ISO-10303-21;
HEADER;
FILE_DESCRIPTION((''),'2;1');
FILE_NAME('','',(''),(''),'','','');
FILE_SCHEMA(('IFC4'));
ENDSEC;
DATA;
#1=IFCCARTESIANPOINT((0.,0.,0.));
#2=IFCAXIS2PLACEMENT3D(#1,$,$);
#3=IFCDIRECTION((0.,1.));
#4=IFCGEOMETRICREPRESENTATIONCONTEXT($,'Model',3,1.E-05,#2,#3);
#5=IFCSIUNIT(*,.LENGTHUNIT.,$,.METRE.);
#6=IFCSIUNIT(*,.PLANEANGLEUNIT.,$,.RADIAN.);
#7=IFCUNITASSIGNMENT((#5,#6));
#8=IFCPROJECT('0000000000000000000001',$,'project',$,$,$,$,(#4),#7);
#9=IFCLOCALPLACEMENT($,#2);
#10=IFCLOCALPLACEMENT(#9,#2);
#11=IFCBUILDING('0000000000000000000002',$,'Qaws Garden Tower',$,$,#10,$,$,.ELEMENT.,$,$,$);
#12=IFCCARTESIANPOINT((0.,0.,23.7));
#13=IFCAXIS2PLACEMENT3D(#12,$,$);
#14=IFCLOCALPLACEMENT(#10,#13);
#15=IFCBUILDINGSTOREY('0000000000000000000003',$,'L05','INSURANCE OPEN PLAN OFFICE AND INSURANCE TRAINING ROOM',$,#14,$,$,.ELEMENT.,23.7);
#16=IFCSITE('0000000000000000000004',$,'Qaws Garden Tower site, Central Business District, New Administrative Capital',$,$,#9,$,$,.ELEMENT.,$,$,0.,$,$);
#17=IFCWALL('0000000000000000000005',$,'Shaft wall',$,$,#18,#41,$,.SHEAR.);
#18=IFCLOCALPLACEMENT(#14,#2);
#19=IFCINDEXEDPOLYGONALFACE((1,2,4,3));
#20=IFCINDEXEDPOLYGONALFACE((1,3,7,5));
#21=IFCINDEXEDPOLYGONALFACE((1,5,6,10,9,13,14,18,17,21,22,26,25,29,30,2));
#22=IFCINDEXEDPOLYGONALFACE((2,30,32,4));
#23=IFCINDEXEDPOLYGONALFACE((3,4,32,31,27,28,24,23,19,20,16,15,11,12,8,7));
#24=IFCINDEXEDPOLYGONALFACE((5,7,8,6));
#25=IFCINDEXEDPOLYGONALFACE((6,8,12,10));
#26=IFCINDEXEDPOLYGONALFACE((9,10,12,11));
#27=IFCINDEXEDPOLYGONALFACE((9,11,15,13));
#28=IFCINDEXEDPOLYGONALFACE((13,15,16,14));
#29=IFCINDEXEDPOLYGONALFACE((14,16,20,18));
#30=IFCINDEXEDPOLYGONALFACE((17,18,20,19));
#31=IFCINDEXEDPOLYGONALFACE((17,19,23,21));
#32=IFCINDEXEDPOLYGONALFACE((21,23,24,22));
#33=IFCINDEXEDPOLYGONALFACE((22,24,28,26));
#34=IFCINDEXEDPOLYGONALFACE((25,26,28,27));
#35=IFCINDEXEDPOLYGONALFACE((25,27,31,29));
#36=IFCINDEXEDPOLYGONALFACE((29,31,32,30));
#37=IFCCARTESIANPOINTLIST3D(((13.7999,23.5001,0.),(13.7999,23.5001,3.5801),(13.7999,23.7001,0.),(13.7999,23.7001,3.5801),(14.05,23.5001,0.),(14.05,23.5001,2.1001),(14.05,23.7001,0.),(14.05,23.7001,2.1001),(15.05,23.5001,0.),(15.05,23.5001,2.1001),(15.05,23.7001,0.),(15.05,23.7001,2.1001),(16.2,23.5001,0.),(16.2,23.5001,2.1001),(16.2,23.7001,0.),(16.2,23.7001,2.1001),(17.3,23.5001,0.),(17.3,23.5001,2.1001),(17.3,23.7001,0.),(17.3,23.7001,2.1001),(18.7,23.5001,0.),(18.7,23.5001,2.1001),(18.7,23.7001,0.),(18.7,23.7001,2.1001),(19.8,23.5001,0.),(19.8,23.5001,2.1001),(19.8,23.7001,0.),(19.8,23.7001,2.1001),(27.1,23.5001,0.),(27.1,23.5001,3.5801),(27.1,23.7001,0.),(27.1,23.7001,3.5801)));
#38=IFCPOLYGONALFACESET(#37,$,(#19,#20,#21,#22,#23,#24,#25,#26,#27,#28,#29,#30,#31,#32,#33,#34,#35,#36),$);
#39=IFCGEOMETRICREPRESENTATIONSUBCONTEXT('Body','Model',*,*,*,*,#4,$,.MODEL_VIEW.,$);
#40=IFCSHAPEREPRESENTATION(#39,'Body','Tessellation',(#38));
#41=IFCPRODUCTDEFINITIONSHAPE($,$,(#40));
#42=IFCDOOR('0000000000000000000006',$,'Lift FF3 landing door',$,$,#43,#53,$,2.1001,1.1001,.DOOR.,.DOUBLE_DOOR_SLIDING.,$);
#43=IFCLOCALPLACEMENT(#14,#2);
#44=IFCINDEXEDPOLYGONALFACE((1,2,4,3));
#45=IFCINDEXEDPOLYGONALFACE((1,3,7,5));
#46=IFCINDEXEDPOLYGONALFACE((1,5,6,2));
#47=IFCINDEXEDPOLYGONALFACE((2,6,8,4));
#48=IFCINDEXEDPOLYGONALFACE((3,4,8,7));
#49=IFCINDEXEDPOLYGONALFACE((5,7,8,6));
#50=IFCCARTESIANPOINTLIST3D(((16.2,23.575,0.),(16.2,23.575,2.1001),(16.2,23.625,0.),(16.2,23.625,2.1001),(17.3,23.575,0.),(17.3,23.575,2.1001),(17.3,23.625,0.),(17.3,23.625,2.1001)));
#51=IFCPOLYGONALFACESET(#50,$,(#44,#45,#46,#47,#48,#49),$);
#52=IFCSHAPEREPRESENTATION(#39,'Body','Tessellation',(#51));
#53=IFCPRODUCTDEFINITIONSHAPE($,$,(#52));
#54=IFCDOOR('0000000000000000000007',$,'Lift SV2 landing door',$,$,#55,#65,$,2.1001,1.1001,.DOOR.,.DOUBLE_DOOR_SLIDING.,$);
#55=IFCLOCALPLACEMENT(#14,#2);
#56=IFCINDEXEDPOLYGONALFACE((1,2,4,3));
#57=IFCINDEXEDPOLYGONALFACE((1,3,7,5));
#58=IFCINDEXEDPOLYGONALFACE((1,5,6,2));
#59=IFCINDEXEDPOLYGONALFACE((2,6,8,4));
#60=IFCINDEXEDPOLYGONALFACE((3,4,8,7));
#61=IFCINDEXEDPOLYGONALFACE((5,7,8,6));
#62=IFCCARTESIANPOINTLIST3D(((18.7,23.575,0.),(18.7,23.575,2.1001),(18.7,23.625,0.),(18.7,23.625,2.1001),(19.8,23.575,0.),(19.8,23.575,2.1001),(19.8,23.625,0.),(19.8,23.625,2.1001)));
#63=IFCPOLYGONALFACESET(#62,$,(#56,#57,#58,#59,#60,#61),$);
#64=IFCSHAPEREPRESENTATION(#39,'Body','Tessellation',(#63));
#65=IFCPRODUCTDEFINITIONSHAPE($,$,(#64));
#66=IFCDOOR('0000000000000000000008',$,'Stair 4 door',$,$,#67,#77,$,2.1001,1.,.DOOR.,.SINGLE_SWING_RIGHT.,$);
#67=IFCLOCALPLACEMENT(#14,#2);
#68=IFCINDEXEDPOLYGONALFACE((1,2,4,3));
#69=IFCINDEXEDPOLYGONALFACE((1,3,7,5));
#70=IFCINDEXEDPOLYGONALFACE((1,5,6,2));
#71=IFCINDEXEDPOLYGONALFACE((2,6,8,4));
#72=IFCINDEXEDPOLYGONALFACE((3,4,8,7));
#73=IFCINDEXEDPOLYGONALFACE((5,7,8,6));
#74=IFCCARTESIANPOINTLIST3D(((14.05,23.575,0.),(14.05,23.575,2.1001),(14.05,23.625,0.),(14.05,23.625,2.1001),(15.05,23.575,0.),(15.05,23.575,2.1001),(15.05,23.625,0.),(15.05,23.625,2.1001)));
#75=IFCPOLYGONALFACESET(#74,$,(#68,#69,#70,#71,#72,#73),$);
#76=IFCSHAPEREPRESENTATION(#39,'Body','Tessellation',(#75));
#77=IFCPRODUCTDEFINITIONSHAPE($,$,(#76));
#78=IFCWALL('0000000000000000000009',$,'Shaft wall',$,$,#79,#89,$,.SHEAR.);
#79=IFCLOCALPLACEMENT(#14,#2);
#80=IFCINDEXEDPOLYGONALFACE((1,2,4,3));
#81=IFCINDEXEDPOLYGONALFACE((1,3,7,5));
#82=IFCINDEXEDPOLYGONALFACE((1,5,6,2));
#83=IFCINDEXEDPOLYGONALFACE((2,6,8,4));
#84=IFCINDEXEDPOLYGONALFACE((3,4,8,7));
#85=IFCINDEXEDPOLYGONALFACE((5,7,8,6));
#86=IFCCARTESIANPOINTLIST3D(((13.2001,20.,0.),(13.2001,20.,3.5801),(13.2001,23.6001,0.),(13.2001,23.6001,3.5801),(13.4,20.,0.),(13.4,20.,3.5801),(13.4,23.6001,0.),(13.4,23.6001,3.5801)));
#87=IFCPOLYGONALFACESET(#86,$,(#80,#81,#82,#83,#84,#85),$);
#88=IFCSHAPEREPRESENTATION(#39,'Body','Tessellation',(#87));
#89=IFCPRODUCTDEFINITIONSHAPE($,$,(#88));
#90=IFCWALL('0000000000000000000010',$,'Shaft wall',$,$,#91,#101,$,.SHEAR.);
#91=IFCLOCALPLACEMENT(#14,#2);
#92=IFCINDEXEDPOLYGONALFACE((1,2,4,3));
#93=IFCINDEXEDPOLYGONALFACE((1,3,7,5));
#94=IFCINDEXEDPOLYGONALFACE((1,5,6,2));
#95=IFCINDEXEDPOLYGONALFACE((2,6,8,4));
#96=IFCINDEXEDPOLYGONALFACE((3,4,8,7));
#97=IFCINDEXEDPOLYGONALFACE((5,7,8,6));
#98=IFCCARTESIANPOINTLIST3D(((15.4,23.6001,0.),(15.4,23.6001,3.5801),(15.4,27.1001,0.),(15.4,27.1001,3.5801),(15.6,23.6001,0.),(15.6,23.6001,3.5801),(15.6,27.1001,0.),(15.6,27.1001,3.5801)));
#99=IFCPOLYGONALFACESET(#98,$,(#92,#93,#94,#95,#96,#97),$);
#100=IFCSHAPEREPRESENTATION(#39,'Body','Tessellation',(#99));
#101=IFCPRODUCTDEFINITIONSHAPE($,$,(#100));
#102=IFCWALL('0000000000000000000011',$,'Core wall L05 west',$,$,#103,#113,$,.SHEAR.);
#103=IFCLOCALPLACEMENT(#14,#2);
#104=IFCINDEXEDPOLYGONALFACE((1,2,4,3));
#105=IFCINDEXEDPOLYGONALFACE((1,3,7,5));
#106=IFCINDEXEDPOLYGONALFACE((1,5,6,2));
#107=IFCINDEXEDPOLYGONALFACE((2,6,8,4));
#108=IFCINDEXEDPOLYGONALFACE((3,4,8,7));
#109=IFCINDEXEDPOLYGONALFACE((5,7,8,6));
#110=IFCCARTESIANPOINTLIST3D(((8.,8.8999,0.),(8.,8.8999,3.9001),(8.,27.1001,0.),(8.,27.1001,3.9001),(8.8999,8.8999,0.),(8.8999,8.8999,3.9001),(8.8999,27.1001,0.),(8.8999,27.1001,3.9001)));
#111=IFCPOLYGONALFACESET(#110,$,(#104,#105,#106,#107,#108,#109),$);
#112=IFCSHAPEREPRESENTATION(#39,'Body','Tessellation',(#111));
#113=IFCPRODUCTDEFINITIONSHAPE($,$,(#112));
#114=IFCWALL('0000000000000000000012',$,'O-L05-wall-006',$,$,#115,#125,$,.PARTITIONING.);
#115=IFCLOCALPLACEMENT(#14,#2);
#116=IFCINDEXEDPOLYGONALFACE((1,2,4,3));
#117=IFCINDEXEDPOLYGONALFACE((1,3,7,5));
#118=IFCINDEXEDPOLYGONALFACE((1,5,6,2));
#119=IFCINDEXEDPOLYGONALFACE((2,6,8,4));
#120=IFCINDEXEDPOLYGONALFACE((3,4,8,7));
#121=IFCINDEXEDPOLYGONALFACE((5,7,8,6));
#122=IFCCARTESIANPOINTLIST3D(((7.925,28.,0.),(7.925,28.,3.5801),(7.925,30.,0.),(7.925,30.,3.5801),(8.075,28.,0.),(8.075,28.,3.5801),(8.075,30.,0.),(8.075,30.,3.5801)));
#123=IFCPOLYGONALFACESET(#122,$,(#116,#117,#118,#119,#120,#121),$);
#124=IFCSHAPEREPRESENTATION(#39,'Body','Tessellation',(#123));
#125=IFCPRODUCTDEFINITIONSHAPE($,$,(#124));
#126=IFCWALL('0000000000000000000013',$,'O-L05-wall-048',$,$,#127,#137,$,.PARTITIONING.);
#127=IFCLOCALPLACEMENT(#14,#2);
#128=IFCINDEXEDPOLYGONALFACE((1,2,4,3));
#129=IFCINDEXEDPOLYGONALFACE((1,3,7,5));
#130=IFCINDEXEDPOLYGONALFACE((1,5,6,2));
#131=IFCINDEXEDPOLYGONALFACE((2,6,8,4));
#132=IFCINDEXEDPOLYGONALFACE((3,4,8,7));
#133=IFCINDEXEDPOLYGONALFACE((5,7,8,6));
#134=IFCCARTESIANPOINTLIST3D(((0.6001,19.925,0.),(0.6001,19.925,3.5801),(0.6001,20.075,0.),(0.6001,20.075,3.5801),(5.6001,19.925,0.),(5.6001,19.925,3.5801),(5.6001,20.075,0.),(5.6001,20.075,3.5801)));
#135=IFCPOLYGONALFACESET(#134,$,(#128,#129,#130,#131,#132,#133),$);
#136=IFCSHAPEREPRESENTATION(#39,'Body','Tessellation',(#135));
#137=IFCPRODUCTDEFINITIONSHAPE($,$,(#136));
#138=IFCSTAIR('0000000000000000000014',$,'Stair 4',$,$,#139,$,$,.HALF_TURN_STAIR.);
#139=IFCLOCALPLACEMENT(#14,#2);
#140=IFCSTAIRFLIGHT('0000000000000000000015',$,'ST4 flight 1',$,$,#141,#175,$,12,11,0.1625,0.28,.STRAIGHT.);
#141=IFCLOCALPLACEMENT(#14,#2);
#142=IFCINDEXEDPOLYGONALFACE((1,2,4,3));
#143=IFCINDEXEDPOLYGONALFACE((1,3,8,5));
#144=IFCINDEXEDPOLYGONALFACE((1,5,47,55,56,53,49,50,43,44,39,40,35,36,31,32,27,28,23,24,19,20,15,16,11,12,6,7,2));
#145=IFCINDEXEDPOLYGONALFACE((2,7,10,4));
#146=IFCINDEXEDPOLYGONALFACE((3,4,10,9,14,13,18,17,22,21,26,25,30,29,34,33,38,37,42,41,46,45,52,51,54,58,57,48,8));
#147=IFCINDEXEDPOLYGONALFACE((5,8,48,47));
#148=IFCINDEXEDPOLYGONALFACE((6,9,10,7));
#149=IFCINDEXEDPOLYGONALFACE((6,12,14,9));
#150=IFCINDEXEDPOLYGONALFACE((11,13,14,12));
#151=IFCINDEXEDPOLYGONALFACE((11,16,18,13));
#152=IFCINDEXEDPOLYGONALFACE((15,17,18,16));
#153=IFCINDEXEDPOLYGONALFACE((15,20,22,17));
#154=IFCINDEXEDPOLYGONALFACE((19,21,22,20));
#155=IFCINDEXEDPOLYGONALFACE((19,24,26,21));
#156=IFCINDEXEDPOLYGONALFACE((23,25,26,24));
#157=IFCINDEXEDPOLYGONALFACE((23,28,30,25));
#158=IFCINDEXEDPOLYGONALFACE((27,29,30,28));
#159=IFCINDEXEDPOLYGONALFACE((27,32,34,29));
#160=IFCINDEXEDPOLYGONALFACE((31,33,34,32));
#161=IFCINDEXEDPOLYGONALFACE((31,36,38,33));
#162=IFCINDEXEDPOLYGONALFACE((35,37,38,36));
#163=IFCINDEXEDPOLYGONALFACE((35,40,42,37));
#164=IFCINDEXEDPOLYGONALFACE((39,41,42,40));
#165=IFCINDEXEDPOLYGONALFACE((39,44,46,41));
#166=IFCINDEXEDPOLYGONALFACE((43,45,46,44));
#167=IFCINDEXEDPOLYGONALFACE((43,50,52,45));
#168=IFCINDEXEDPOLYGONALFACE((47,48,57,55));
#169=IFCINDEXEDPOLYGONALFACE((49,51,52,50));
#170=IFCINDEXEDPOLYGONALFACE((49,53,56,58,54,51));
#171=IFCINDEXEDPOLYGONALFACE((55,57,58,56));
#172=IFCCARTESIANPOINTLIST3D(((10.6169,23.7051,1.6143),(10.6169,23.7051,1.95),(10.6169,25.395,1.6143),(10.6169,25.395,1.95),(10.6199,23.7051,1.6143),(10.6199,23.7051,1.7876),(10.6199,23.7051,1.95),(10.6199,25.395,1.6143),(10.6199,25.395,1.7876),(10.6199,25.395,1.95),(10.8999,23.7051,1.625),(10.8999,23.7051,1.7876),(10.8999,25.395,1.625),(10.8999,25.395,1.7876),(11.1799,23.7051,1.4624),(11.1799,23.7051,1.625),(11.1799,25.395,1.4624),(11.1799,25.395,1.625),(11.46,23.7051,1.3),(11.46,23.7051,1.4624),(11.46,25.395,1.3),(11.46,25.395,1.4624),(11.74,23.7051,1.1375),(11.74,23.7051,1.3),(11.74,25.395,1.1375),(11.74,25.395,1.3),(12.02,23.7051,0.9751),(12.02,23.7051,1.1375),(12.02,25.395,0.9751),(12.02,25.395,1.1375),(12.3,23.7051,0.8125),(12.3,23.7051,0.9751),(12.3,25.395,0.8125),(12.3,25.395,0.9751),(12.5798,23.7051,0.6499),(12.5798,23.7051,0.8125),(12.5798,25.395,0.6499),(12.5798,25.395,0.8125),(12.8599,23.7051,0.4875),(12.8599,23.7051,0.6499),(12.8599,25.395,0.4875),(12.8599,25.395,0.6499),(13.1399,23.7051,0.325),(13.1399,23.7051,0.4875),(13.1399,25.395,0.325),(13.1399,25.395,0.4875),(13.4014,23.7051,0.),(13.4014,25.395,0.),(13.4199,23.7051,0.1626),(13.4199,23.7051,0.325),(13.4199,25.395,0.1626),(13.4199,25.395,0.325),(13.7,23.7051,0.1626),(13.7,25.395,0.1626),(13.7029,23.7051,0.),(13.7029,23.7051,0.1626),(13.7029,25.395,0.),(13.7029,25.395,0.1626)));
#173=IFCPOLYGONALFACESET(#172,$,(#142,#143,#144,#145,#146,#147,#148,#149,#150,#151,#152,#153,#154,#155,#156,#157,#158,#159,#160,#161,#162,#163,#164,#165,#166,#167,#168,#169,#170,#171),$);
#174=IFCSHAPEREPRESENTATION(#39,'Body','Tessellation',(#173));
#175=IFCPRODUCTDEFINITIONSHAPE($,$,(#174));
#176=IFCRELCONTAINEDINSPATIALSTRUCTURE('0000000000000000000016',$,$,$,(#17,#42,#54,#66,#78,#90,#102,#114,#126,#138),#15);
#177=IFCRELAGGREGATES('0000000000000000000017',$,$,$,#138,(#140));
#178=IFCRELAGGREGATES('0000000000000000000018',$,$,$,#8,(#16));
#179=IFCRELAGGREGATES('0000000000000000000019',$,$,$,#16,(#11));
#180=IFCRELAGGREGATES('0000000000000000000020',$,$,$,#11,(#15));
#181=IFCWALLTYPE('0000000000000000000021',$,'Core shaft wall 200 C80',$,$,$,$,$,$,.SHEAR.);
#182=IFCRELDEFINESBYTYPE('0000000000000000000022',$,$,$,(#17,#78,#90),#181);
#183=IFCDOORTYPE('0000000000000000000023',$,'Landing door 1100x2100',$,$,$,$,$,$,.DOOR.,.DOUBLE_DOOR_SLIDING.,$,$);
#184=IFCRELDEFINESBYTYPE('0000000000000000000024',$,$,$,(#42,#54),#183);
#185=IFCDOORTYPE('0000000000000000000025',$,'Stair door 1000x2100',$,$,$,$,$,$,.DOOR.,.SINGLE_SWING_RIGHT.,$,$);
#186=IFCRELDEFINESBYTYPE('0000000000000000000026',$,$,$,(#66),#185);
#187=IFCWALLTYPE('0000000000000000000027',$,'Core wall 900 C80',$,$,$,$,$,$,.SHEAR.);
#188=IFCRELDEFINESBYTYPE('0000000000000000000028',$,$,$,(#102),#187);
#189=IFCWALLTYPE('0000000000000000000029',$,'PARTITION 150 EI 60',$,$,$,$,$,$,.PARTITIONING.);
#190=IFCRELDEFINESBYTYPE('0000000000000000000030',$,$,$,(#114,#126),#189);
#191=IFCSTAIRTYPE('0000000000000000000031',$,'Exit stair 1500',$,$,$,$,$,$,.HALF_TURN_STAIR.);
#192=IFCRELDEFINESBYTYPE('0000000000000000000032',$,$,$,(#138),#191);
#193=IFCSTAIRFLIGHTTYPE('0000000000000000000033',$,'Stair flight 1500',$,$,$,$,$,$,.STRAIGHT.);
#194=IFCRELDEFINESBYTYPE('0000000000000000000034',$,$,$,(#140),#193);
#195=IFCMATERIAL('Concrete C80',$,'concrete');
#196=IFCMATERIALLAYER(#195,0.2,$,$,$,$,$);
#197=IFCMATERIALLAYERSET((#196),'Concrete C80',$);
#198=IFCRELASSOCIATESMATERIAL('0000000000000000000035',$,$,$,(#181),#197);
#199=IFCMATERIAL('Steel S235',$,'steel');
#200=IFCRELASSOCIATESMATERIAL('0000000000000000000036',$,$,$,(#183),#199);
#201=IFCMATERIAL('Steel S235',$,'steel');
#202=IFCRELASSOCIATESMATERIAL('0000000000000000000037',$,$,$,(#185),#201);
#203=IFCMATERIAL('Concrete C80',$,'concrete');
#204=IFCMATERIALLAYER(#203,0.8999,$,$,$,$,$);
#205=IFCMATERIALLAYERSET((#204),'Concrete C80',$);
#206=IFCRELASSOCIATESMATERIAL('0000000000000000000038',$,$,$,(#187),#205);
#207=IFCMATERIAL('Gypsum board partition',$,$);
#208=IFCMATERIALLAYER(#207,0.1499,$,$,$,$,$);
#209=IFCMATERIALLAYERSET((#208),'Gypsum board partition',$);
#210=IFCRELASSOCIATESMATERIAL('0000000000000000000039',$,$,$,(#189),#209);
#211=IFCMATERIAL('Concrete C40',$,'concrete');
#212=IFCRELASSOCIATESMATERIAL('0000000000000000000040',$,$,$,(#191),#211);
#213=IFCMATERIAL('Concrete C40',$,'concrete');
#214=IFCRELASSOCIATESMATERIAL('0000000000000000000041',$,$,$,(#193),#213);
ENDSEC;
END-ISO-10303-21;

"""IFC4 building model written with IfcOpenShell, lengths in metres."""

from ifc_helpers import new_model, si_unit, direction, frame, frame_2d, origin, place, context, subcontext, project, spatial, polyline, rectangle, outline, extrude, material, layer, layer_set, type_object, element, fill, aggregate, save


model = new_model("IFC4")

# Units and contexts
model_context = context("Model", 3, precision=1e-05, world=origin(), true_north=direction((0.0, 1.0)))
body_context = subcontext(model_context, "Body", "Model", "MODEL_VIEW")
ifc_project = project(units=[si_unit("LENGTHUNIT", "METRE"), si_unit("PLANEANGLEUNIT", "RADIAN")], contexts=[model_context])

# Site, building, storey
site_placement = place(None, origin())
site = spatial("IfcSite", under=ifc_project, at=site_placement, Name="Qaws Garden Tower site, Central Business District, New Administrative Capital", CompositionType="ELEMENT", RefElevation=0.0)
building_placement = place(site_placement, origin())
building = spatial("IfcBuilding", under=site, at=building_placement, Name="Qaws Garden Tower", CompositionType="ELEMENT")
storey_placement = place(building_placement, frame((0.0, 0.0, 23.7)))
storey = spatial("IfcBuildingStorey", under=building, at=storey_placement, Name="L05", Description="INSURANCE OPEN PLAN OFFICE AND INSURANCE TRAINING ROOM", CompositionType="ELEMENT", Elevation=23.7)

# Shared definitions
ifc_material_1 = material(Name="Concrete C80", Category="concrete")
ifc_layer_1 = layer(ifc_material_1, 0.2)
ifc_layer_set_1 = layer_set([ifc_layer_1], Name="Concrete C80")
wall_type_1 = type_object("IfcWallType", Name="Core shaft wall 200 C80", PredefinedType="SHEAR", material=ifc_layer_set_1)

# Wall, openings, doors
wall_1_placement = place(storey_placement, frame((13.8, 23.6001, 0.0), z_axis=(0.0, 0.0, 1.0), x_axis=(1.0, 0.0, 0.0)))
wall_1 = element("IfcWall", 1, at=wall_1_placement, inside=storey, type_object=wall_type_1, Name="Shaft wall", PredefinedType="SHEAR", context=body_context, shape_type="SweptSolid", body=[
    extrude(rectangle(XDim=13.3, YDim=0.2, at=frame_2d((6.6499, 0.0))), origin(), (0.0, 0.0, 1.0), 3.5801),
])
opening_1_placement = place(wall_1_placement, frame((2.3999, 0.0, 0.0)))
opening_1 = element("IfcOpeningElement", 2, at=opening_1_placement, cuts=wall_1, PredefinedType="OPENING", context=body_context, shape_type="SweptSolid", body=[
    extrude(rectangle(XDim=1.1001, YDim=2.1001, at=frame_2d((0.55, 1.05))), frame((0.0, 0.1099, 0.0), z_axis=(0.0, -1.0, 0.0), x_axis=(1.0, 0.0, 0.0)), (0.0, 0.0, 1.0), 0.22),
])
opening_2_placement = place(wall_1_placement, frame((4.8999, 0.0, 0.0)))
opening_2 = element("IfcOpeningElement", 3, at=opening_2_placement, cuts=wall_1, PredefinedType="OPENING", context=body_context, shape_type="SweptSolid", body=[
    extrude(rectangle(XDim=1.1001, YDim=2.1001, at=frame_2d((0.55, 1.05))), frame((0.0, 0.1099, 0.0), z_axis=(0.0, -1.0, 0.0), x_axis=(1.0, 0.0, 0.0)), (0.0, 0.0, 1.0), 0.22),
])
opening_3_placement = place(wall_1_placement, frame((0.25, 0.0, 0.0)))
opening_3 = element("IfcOpeningElement", 4, at=opening_3_placement, cuts=wall_1, PredefinedType="OPENING", context=body_context, shape_type="SweptSolid", body=[
    extrude(rectangle(XDim=1.0, YDim=2.1001, at=frame_2d((0.5, 1.05))), frame((0.0, 0.1099, 0.0), z_axis=(0.0, -1.0, 0.0), x_axis=(1.0, 0.0, 0.0)), (0.0, 0.0, 1.0), 0.22),
])
ifc_material_2 = material(Name="Steel S235", Category="steel")
door_type_1 = type_object("IfcDoorType", Name="Landing door 1100x2100", OperationType="DOUBLE_DOOR_SLIDING", PredefinedType="DOOR", material=ifc_material_2)
door_1_placement = place(opening_1_placement, origin())
door_1 = element("IfcDoor", 5, at=door_1_placement, inside=storey, type_object=door_type_1, Name="Lift FF3 landing door", OperationType="DOUBLE_DOOR_SLIDING", OverallHeight=2.1001, OverallWidth=1.1001, PredefinedType="DOOR", context=body_context, shape_type="SweptSolid", body=[
    extrude(rectangle(XDim=1.1001, YDim=2.1001, at=frame_2d((0.55, 1.05))), frame((0.0, 0.0249, 0.0), z_axis=(0.0, -1.0, 0.0), x_axis=(1.0, 0.0, 0.0)), (0.0, 0.0, 1.0), 0.05),
])
fill(opening_1, door_1)
door_2_placement = place(opening_2_placement, origin())
door_2 = element("IfcDoor", 6, at=door_2_placement, inside=storey, type_object=door_type_1, Name="Lift SV2 landing door", OperationType="DOUBLE_DOOR_SLIDING", OverallHeight=2.1001, OverallWidth=1.1001, PredefinedType="DOOR", context=body_context, shape_type="SweptSolid", body=[
    extrude(rectangle(XDim=1.1001, YDim=2.1001, at=frame_2d((0.55, 1.05))), frame((0.0, 0.0249, 0.0), z_axis=(0.0, -1.0, 0.0), x_axis=(1.0, 0.0, 0.0)), (0.0, 0.0, 1.0), 0.05),
])
fill(opening_2, door_2)
ifc_material_3 = material(Name="Steel S235", Category="steel")
door_type_2 = type_object("IfcDoorType", Name="Stair door 1000x2100", OperationType="SINGLE_SWING_RIGHT", PredefinedType="DOOR", material=ifc_material_3)
door_3_placement = place(opening_3_placement, origin())
door_3 = element("IfcDoor", 7, at=door_3_placement, inside=storey, type_object=door_type_2, Name="Stair 4 door", OperationType="SINGLE_SWING_RIGHT", OverallHeight=2.1001, OverallWidth=1.0, PredefinedType="DOOR", context=body_context, shape_type="SweptSolid", body=[
    extrude(rectangle(XDim=1.0, YDim=2.1001, at=frame_2d((0.5, 1.05))), frame((0.0, 0.0249, 0.0), z_axis=(0.0, -1.0, 0.0), x_axis=(1.0, 0.0, 0.0)), (0.0, 0.0, 1.0), 0.05),
])
fill(opening_3, door_3)

# Walls
wall_2_placement = place(storey_placement, frame((13.3, 20.0, 0.0), z_axis=(0.0, 0.0, 1.0), x_axis=(0.0, 1.0, 0.0)))
element("IfcWall", 8, at=wall_2_placement, inside=storey, type_object=wall_type_1, Name="Shaft wall", PredefinedType="SHEAR", context=body_context, shape_type="SweptSolid", body=[
    extrude(rectangle(XDim=3.6001, YDim=0.2, at=frame_2d((1.8, 0.0))), origin(), (0.0, 0.0, 1.0), 3.5801),
])
wall_3_placement = place(storey_placement, frame((15.5, 23.6001, 0.0), z_axis=(0.0, 0.0, 1.0), x_axis=(0.0, 1.0, 0.0)))
element("IfcWall", 9, at=wall_3_placement, inside=storey, type_object=wall_type_1, Name="Shaft wall", PredefinedType="SHEAR", context=body_context, shape_type="SweptSolid", body=[
    extrude(rectangle(XDim=3.5, YDim=0.2, at=frame_2d((1.75, 0.0))), origin(), (0.0, 0.0, 1.0), 3.5801),
])
ifc_material_4 = material(Name="Concrete C80", Category="concrete")
ifc_layer_2 = layer(ifc_material_4, 0.8999)
ifc_layer_set_2 = layer_set([ifc_layer_2], Name="Concrete C80")
wall_type_2 = type_object("IfcWallType", Name="Core wall 900 C80", PredefinedType="SHEAR", material=ifc_layer_set_2)
wall_4_placement = place(storey_placement, frame((8.45, 27.1001, 0.0), z_axis=(0.0, 0.0, 1.0), x_axis=(0.0, -1.0, 0.0)))
element("IfcWall", 10, at=wall_4_placement, inside=storey, type_object=wall_type_2, Name="Core wall L05 west", PredefinedType="SHEAR", context=body_context, shape_type="SweptSolid", body=[
    extrude(rectangle(XDim=18.2002, YDim=0.8999, at=frame_2d((9.1001, 0.0))), origin(), (0.0, 0.0, 1.0), 3.9001),
])
ifc_material_5 = material(Name="Gypsum board partition")
ifc_layer_3 = layer(ifc_material_5, 0.1499)
ifc_layer_set_3 = layer_set([ifc_layer_3], Name="Gypsum board partition")
wall_type_3 = type_object("IfcWallType", Name="PARTITION 150 EI 60", PredefinedType="PARTITIONING", material=ifc_layer_set_3)
wall_5_placement = place(storey_placement, frame((8.0, 28.0, 0.0), z_axis=(0.0, 0.0, 1.0), x_axis=(0.0, 1.0, 0.0)))
element("IfcWall", 11, at=wall_5_placement, inside=storey, type_object=wall_type_3, Name="O-L05-wall-006", PredefinedType="PARTITIONING", context=body_context, shape_type="SweptSolid", body=[
    extrude(rectangle(XDim=2.0, YDim=0.1499, at=frame_2d((1.0, 0.0))), origin(), (0.0, 0.0, 1.0), 3.5801),
])
wall_6_placement = place(storey_placement, frame((0.6001, 20.0, 0.0), z_axis=(0.0, 0.0, 1.0), x_axis=(1.0, 0.0, 0.0)))
element("IfcWall", 12, at=wall_6_placement, inside=storey, type_object=wall_type_3, Name="O-L05-wall-048", PredefinedType="PARTITIONING", context=body_context, shape_type="SweptSolid", body=[
    extrude(rectangle(XDim=5.0, YDim=0.1499, at=frame_2d((2.5, 0.0))), origin(), (0.0, 0.0, 1.0), 3.5801),
])

# Stair, stair flight
ifc_material_6 = material(Name="Concrete C40", Category="concrete")
stair_type = type_object("IfcStairType", Name="Exit stair 1500", PredefinedType="HALF_TURN_STAIR", material=ifc_material_6)
stair_placement = place(storey_placement, origin())
stair = element("IfcStair", 13, at=stair_placement, inside=storey, type_object=stair_type, Name="Stair 4", PredefinedType="HALF_TURN_STAIR")
ifc_material_7 = material(Name="Concrete C40", Category="concrete")
stair_flight_type = type_object("IfcStairFlightType", Name="Stair flight 1500", PredefinedType="STRAIGHT", material=ifc_material_7)
stair_flight_1_placement = place(storey_placement, frame((13.7, 24.55, 0.0), z_axis=(0.0, 0.0, 1.0), x_axis=(-1.0, 0.0, 0.0)))
stair_flight_1 = element("IfcStairFlight", 14, at=stair_flight_1_placement, type_object=stair_flight_type, Name="ST4 flight 1", NumberOfRisers=12, NumberOfTreads=11, PredefinedType="STRAIGHT", RiserHeight=0.1625, TreadLength=0.28, context=body_context, shape_type="SweptSolid", body=[
    extrude(outline(polyline([(-0.0029, 0.0), (-0.0029, 0.1626), (0.0, 0.1626), (0.28, 0.1626), (0.28, 0.325), (0.5601, 0.325), (0.5601, 0.4875), (0.8401, 0.4875), (0.8401, 0.6499), (1.1201, 0.6499), (1.1201, 0.8125), (1.3999, 0.8125), (1.3999, 0.9751), (1.6799, 0.9751), (1.6799, 1.1375), (1.96, 1.1375), (1.96, 1.3), (2.24, 1.3), (2.24, 1.4624), (2.52, 1.4624), (2.52, 1.625), (2.8, 1.625), (2.8, 1.7876), (3.0801, 1.7876), (3.0801, 1.95), (3.083, 1.95), (3.083, 1.6143), (3.0801, 1.6143), (0.2986, 0.0), (-0.0029, 0.0)])), frame((0.0, 0.845, 0.0), z_axis=(0.0, -1.0, 0.0), x_axis=(1.0, 0.0, 0.0)), (0.0, 0.0, 1.0), 1.6899),
])
aggregate(stair, [stair_flight_1])

save(model, "model.ifc")
